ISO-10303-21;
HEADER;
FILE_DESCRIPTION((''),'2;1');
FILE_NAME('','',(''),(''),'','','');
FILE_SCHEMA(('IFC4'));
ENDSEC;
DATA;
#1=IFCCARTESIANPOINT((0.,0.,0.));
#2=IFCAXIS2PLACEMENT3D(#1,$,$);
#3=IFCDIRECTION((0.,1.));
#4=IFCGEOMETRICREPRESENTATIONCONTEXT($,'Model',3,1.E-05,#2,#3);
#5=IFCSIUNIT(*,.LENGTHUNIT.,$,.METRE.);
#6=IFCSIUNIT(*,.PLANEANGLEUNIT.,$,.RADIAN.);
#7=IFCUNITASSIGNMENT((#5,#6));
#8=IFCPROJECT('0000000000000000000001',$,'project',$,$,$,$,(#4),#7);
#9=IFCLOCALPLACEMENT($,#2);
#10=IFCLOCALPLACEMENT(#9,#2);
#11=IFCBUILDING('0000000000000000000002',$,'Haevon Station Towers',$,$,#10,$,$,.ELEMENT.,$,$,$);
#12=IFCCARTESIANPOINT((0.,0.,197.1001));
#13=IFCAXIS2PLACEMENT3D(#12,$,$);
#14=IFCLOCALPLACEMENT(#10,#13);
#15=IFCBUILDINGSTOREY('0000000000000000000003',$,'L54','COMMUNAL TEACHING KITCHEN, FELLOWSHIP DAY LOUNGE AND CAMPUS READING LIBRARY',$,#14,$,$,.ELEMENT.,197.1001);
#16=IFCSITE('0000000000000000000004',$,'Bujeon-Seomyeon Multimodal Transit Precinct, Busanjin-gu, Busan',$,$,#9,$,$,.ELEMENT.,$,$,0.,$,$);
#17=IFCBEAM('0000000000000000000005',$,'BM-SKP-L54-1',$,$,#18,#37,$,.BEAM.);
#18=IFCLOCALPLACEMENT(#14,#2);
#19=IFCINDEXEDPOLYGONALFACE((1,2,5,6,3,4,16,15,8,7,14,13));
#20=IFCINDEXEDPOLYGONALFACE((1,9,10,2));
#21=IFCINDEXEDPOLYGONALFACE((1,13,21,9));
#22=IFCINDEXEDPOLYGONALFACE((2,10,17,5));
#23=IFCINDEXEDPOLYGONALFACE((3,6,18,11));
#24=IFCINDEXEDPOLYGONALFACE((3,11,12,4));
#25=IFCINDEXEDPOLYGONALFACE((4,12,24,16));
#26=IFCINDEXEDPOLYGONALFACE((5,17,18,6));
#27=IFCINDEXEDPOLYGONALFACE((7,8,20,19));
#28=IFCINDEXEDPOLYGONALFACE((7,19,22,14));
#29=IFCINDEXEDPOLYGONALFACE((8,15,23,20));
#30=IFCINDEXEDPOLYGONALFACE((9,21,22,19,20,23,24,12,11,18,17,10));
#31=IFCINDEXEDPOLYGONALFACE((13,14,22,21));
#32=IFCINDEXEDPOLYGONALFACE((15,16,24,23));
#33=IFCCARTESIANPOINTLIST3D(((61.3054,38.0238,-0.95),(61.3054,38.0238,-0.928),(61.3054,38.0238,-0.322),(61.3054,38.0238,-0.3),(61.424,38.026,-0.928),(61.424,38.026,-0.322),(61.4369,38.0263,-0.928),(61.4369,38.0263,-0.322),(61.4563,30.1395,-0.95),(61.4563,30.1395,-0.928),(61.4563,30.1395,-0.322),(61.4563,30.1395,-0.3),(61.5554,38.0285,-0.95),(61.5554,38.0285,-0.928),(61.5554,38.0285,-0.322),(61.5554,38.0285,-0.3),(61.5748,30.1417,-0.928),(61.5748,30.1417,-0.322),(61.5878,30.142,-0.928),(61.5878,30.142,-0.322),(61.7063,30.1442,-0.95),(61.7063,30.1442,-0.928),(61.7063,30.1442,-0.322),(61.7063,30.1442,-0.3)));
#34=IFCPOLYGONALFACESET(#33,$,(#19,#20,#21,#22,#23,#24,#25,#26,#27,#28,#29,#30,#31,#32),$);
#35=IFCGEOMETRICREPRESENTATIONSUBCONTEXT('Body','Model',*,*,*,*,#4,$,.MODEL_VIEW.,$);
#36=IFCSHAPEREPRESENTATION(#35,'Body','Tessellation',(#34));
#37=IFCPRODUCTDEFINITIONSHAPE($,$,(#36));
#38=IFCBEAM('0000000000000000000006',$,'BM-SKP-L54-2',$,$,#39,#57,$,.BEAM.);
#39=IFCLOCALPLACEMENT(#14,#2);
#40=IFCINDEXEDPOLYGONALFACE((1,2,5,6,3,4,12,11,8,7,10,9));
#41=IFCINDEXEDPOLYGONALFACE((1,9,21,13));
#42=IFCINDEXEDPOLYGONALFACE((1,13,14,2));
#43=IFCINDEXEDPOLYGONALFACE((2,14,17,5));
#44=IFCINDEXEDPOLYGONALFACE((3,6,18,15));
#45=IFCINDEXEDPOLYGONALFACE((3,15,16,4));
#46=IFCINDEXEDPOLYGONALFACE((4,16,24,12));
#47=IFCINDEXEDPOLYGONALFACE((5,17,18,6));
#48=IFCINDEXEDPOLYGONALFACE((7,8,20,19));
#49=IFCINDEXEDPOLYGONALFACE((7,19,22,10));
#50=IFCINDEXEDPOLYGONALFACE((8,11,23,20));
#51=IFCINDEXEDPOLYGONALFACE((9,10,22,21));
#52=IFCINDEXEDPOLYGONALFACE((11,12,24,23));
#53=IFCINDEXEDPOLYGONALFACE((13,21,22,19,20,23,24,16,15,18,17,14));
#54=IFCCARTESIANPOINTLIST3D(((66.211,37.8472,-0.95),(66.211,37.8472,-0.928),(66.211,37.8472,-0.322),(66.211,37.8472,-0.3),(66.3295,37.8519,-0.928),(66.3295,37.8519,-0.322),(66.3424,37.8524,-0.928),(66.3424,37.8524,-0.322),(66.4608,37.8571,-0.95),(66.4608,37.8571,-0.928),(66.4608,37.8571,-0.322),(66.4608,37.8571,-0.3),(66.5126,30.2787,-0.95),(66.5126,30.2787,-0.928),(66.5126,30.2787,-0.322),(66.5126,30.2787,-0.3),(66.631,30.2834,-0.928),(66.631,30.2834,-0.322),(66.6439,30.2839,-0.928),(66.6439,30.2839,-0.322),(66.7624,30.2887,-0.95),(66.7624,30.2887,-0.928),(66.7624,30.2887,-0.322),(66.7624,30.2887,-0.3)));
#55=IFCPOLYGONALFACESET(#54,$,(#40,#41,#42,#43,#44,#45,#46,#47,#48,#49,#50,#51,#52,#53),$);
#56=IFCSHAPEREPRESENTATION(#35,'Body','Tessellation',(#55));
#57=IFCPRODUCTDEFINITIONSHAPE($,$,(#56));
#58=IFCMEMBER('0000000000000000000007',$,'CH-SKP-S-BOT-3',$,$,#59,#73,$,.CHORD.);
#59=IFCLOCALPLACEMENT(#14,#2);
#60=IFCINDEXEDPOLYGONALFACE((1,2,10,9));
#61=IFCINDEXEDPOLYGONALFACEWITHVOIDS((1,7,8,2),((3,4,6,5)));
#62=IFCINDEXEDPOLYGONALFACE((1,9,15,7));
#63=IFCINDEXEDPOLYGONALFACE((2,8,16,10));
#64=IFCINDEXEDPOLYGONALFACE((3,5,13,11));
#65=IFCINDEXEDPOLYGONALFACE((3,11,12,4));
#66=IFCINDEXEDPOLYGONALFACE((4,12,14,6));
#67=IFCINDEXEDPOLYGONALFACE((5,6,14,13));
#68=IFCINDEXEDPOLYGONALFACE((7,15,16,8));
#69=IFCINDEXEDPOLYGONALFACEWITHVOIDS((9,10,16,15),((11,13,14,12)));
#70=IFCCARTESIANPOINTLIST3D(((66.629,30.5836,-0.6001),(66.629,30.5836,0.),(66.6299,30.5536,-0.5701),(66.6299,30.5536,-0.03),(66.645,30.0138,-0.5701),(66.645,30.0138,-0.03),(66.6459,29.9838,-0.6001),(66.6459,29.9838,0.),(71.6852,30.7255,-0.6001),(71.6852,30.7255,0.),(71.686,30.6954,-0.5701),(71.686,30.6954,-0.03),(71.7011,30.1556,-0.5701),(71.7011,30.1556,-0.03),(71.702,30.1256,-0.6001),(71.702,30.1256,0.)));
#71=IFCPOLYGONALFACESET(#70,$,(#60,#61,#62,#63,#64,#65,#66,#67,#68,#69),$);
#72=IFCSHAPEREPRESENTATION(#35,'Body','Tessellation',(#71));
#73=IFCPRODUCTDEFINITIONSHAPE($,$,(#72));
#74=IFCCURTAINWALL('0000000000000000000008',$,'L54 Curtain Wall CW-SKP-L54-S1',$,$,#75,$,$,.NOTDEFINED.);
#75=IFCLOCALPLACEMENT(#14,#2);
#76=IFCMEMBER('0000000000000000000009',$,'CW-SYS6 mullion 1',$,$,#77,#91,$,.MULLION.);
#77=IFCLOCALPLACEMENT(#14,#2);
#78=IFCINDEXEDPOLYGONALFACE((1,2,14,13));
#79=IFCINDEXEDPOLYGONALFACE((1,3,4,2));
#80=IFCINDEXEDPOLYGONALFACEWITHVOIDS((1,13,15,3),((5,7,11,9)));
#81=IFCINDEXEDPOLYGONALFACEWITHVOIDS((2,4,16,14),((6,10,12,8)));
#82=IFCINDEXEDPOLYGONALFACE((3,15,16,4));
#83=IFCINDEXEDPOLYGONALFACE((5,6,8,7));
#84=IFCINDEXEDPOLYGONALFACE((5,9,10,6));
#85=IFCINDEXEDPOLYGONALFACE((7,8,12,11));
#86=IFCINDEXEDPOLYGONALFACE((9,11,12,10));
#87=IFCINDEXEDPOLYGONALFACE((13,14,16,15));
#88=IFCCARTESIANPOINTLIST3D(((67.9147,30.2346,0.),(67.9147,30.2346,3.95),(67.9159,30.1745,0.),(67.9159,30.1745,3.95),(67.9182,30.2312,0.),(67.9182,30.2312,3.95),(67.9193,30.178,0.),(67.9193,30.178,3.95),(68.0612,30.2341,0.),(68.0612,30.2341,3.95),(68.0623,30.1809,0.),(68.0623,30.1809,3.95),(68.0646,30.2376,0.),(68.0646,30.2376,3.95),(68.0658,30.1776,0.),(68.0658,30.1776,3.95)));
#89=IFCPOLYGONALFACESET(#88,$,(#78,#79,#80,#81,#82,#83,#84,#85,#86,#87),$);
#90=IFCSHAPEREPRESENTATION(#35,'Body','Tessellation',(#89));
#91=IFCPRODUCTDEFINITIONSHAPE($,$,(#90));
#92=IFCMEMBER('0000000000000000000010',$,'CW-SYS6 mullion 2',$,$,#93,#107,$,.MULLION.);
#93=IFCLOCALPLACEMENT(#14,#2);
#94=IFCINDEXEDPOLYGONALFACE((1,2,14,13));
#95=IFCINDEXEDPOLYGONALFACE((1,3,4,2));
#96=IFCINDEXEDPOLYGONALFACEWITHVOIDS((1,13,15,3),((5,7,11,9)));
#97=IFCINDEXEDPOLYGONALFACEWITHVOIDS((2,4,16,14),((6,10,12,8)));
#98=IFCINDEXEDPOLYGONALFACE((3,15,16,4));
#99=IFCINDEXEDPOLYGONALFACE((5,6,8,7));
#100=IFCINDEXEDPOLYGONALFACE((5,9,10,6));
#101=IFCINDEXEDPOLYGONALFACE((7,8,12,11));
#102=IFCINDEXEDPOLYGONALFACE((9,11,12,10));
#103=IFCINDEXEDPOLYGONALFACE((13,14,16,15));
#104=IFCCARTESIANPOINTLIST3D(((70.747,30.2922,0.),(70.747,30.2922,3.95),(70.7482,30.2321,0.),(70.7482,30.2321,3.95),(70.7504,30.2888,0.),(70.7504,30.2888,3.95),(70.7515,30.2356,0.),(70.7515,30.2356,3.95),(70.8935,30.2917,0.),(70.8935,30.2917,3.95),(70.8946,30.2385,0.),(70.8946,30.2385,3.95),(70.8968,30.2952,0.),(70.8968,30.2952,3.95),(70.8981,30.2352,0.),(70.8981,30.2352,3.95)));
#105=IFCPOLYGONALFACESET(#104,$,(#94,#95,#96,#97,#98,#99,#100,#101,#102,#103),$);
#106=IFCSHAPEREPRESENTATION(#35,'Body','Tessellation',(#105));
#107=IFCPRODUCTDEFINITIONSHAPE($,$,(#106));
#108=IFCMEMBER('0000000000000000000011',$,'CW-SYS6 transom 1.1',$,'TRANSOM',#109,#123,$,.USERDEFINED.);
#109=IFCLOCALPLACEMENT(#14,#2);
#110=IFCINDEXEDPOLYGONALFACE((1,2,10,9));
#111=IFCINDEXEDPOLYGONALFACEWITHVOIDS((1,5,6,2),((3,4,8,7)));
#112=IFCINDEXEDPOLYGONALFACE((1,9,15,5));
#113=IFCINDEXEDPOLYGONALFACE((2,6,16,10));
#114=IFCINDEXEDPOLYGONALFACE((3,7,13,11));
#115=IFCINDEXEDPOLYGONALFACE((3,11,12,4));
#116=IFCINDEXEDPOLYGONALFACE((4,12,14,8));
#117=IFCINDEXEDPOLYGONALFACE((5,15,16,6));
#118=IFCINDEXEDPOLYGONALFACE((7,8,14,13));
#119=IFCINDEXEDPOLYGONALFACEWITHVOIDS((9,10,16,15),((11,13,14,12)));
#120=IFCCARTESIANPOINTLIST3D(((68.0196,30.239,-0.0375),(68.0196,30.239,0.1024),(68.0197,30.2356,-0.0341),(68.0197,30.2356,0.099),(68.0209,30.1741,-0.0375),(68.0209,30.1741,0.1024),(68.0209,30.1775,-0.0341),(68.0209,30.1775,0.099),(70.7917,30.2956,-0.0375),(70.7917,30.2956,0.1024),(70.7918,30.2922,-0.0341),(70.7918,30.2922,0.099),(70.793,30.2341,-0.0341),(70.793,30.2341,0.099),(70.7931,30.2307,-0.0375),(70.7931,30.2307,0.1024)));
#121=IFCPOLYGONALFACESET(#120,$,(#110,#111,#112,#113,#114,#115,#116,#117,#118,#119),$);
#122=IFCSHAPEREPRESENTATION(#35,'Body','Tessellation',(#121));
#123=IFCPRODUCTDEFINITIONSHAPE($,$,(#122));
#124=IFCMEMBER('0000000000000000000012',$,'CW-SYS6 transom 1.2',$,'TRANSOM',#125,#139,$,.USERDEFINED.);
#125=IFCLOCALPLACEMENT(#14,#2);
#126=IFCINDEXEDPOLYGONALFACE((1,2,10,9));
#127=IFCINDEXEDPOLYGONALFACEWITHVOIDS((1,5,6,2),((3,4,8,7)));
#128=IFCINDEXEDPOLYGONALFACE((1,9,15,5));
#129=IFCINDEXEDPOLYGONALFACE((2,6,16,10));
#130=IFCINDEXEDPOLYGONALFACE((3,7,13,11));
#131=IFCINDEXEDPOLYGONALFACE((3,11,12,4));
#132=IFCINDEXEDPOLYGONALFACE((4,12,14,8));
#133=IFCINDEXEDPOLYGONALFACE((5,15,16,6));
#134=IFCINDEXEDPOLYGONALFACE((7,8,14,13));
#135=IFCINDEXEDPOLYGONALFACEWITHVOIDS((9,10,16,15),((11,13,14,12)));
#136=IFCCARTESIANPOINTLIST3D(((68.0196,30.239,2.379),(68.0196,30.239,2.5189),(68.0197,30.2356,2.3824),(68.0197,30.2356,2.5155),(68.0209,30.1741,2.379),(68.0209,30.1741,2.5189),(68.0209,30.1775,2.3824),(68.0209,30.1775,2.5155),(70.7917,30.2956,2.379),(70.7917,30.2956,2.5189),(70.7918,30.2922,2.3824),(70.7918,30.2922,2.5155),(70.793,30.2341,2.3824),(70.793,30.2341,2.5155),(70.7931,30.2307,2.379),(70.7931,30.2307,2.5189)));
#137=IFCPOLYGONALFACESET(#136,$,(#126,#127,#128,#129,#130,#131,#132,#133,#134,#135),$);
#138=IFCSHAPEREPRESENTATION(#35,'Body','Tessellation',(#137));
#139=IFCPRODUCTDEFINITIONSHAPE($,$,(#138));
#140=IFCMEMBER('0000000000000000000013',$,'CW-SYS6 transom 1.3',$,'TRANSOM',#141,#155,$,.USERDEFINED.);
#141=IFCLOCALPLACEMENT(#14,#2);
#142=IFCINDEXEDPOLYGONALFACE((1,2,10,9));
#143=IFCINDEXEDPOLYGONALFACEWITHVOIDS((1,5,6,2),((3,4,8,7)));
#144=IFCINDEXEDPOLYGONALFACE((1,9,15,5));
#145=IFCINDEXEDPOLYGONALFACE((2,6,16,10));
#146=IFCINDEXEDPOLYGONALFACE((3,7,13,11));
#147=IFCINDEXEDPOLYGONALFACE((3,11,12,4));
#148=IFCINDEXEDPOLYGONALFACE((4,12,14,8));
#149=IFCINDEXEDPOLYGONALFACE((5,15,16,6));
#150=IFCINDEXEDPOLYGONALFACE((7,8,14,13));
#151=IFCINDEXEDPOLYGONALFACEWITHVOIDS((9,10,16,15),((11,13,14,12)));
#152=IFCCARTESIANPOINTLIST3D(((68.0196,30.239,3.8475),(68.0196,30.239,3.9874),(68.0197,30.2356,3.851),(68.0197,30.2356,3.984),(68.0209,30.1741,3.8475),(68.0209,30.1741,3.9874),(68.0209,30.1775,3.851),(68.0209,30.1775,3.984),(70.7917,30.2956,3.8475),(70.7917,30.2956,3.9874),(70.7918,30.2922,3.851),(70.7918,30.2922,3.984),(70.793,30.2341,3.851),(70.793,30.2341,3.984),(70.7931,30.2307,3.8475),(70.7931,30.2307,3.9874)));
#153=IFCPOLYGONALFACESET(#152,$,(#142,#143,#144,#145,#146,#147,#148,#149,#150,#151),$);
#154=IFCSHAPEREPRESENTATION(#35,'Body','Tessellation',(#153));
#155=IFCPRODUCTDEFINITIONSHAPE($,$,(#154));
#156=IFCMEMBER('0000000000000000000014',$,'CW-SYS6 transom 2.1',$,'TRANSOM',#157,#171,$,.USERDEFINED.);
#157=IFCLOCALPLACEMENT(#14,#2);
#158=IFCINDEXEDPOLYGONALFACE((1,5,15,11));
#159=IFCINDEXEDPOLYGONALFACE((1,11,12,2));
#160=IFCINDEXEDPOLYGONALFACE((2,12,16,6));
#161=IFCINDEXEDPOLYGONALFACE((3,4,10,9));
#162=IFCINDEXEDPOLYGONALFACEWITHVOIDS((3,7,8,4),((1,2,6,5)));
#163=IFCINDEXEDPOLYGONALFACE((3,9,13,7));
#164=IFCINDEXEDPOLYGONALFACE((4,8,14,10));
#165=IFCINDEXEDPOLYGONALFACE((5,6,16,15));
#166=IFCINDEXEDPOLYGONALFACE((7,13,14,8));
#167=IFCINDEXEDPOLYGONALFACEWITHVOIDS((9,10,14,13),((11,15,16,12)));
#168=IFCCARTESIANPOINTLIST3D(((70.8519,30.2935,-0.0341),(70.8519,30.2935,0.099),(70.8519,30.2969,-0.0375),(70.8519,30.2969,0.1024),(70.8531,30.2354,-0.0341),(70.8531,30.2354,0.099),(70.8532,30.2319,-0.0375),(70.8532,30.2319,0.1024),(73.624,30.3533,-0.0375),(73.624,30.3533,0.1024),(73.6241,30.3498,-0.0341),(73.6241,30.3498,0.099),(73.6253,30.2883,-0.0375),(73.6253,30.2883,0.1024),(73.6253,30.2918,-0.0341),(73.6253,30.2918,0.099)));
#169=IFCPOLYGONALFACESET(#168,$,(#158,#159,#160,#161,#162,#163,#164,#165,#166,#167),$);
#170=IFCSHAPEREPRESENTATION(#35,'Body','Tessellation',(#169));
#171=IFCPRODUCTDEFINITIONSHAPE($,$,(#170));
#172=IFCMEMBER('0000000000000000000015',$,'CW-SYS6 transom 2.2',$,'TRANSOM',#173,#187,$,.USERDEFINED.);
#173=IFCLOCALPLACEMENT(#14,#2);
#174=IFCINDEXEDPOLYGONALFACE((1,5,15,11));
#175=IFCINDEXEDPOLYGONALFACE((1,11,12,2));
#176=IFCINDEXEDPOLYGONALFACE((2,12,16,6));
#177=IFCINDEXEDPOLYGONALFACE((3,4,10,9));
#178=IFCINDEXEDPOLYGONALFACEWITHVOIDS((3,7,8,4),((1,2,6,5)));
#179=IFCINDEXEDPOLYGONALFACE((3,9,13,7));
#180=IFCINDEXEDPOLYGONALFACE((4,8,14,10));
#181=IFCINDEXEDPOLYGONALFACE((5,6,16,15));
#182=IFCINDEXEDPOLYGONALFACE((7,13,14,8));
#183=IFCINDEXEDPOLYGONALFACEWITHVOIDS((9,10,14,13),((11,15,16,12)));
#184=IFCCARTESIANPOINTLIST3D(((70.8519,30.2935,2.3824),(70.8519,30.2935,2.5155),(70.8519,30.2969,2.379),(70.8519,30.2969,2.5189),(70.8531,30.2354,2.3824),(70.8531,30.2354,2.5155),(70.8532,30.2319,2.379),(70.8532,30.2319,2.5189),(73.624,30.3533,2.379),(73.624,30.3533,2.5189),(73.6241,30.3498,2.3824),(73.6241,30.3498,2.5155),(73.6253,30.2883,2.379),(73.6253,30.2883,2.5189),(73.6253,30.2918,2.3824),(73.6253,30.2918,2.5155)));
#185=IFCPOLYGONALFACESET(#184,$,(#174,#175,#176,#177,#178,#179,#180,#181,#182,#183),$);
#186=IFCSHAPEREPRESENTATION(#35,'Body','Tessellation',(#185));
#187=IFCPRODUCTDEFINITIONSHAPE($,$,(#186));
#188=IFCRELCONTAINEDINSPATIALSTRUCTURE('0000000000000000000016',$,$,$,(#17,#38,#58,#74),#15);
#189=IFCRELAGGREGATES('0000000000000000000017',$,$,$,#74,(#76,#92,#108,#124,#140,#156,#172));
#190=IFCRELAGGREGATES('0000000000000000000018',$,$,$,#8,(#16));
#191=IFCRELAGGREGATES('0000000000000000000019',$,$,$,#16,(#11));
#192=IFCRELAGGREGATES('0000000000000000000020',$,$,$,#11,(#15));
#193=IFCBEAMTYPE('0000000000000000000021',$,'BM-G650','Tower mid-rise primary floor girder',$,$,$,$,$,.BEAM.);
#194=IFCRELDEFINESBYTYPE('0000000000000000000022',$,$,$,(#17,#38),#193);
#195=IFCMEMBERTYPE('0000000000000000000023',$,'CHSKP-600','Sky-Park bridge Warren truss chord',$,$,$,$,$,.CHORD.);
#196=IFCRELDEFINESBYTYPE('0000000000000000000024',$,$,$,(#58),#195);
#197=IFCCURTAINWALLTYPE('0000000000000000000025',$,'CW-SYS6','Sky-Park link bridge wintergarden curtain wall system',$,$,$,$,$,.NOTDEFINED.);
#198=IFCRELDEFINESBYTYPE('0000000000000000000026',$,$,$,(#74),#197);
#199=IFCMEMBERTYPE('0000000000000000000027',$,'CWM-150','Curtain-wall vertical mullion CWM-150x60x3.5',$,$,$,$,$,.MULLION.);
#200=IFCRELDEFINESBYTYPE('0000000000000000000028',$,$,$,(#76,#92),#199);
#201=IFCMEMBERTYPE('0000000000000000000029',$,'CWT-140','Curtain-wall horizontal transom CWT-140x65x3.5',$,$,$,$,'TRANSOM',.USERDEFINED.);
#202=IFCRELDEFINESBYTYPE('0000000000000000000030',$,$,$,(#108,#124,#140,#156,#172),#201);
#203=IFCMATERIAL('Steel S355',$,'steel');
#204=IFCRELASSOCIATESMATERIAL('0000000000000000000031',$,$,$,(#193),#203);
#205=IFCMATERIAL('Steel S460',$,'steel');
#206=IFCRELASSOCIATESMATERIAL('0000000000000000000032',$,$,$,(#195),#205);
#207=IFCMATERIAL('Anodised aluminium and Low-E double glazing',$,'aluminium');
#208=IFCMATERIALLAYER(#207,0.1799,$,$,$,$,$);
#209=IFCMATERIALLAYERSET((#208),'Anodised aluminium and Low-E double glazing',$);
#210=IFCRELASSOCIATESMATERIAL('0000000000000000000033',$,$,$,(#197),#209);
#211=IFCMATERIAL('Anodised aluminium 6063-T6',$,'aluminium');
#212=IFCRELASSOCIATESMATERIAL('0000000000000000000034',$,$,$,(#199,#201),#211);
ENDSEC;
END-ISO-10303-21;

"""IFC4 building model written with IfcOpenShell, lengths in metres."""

from ifc_helpers import new_model, si_unit, direction, frame, origin, origin_2d, place, context, subcontext, project, spatial, hollow_rectangle, i_section, extrude, material, layer, layer_set, material_profile, profile_set, type_object, element, aggregate, save


model = new_model("IFC4")

# Units and contexts
model_context = context("Model", 3, precision=1e-05, world=origin(), true_north=direction((0.0, 1.0)))
body_context = subcontext(model_context, "Body", "Model", "MODEL_VIEW")
ifc_project = project(units=[si_unit("LENGTHUNIT", "METRE"), si_unit("PLANEANGLEUNIT", "RADIAN")], contexts=[model_context])

# Site, building, storey
site_placement = place(None, origin())
site = spatial("IfcSite", under=ifc_project, at=site_placement, Name="Bujeon-Seomyeon Multimodal Transit Precinct, Busanjin-gu, Busan", CompositionType="ELEMENT", RefElevation=0.0)
building_placement = place(site_placement, origin())
building = spatial("IfcBuilding", under=site, at=building_placement, Name="Haevon Station Towers", CompositionType="ELEMENT")
storey_placement = place(building_placement, frame((0.0, 0.0, 197.1001)))
storey = spatial("IfcBuildingStorey", under=building, at=storey_placement, Name="L54", Description="COMMUNAL TEACHING KITCHEN, FELLOWSHIP DAY LOUNGE AND CAMPUS READING LIBRARY", CompositionType="ELEMENT", Elevation=197.1001)

# Beams
ifc_material_1 = material(Name="Steel S355", Category="steel")
ifc_material_profile_1 = material_profile(ifc_material_1, i_section(OverallWidth=0.25, OverallDepth=0.6499, WebThickness=0.0129, FlangeThickness=0.022, at=origin_2d()), Name="H-650x250x13x22")
ifc_profile_set_1 = profile_set([ifc_material_profile_1], Name="Steel S355")
beam_type = type_object("IfcBeamType", Name="BM-G650", Description="Tower mid-rise primary floor girder", PredefinedType="BEAM", material=ifc_profile_set_1)
beam_1_placement = place(storey_placement, frame((61.5813, 30.1418, -0.625), z_axis=(-0.019133, 0.999817, 0.0), x_axis=(-0.999817, -0.019133, 0.0)))
element("IfcBeam", 1, at=beam_1_placement, inside=storey, type_object=beam_type, Name="BM-SKP-L54-1", PredefinedType="BEAM", context=body_context, shape_type="SweptSolid", body=[
    extrude(i_section(OverallWidth=0.25, OverallDepth=0.6499, WebThickness=0.0129, FlangeThickness=0.022, at=origin_2d()), origin(), (0.0, 0.0, 1.0), 7.8857),
])
beam_2_placement = place(storey_placement, frame((66.6375, 30.2837, -0.625), z_axis=(-0.039807, 0.999207, 0.0), x_axis=(-0.999207, -0.039807, 0.0)))
element("IfcBeam", 2, at=beam_2_placement, inside=storey, type_object=beam_type, Name="BM-SKP-L54-2", PredefinedType="BEAM", context=body_context, shape_type="SweptSolid", body=[
    extrude(i_section(OverallWidth=0.25, OverallDepth=0.6499, WebThickness=0.0129, FlangeThickness=0.022, at=origin_2d()), origin(), (0.0, 0.0, 1.0), 7.5745),
])

# Member
ifc_material_2 = material(Name="Steel S460", Category="steel")
ifc_material_profile_2 = material_profile(ifc_material_2, hollow_rectangle(XDim=0.6001, YDim=0.6001, WallThickness=0.03, at=origin_2d()), Name="RHS-600x600x30")
ifc_profile_set_2 = profile_set([ifc_material_profile_2], Name="Steel S460")
member_type_1 = type_object("IfcMemberType", Name="CHSKP-600", Description="Sky-Park bridge Warren truss chord", PredefinedType="CHORD", material=ifc_profile_set_2)
member_1_placement = place(storey_placement, frame((66.6375, 30.2837, -0.3), z_axis=(0.999607, 0.028043, 0.0), x_axis=(-0.028043, 0.999607, 0.0)))
element("IfcMember", 3, at=member_1_placement, inside=storey, type_object=member_type_1, Name="CH-SKP-S-BOT-3", PredefinedType="CHORD", context=body_context, shape_type="SweptSolid", body=[
    extrude(hollow_rectangle(XDim=0.6001, YDim=0.6001, WallThickness=0.03, at=origin_2d()), origin(), (0.0, 0.0, 1.0), 5.0581),
])

# Curtain wall, members
ifc_material_3 = material(Name="Anodised aluminium and Low-E double glazing", Category="aluminium")
ifc_layer_1 = layer(ifc_material_3, 0.1799)
ifc_layer_set_1 = layer_set([ifc_layer_1], Name="Anodised aluminium and Low-E double glazing")
curtain_wall_type = type_object("IfcCurtainWallType", Name="CW-SYS6", Description="Sky-Park link bridge wintergarden curtain wall system", PredefinedType="NOTDEFINED", material=ifc_layer_set_1)
curtain_wall_placement = place(storey_placement, origin())
curtain_wall = element("IfcCurtainWall", 4, at=curtain_wall_placement, inside=storey, type_object=curtain_wall_type, Name="L54 Curtain Wall CW-SKP-L54-S1", PredefinedType="NOTDEFINED")
ifc_material_4 = material(Name="Anodised aluminium 6063-T6", Category="aluminium")
ifc_material_profile_3 = material_profile(ifc_material_4, hollow_rectangle(XDim=0.0601, YDim=0.1499, WallThickness=0.0034, at=origin_2d()), Name="CWM-150x60x3.5")
ifc_profile_set_3 = profile_set([ifc_material_profile_3], Name="Anodised aluminium 6063-T6")
member_type_2 = type_object("IfcMemberType", Name="CWM-150", Description="Curtain-wall vertical mullion CWM-150x60x3.5", PredefinedType="MULLION", material=ifc_profile_set_3)
member_2_placement = place(storey_placement, frame((67.9902, 30.2061, 0.0), z_axis=(0.0, 0.0, 1.0), x_axis=(-0.020374, 0.999792, 0.0)))
member_2 = element("IfcMember", 5, at=member_2_placement, type_object=member_type_2, Name="CW-SYS6 mullion 1", PredefinedType="MULLION", context=body_context, shape_type="SweptSolid", body=[
    extrude(hollow_rectangle(XDim=0.0601, YDim=0.1499, WallThickness=0.0034, at=origin_2d()), origin(), (0.0, 0.0, 1.0), 3.95),
])
member_3_placement = place(storey_placement, frame((70.8225, 30.2637, 0.0), z_axis=(0.0, 0.0, 1.0), x_axis=(-0.020374, 0.999792, 0.0)))
member_3 = element("IfcMember", 6, at=member_3_placement, type_object=member_type_2, Name="CW-SYS6 mullion 2", PredefinedType="MULLION", context=body_context, shape_type="SweptSolid", body=[
    extrude(hollow_rectangle(XDim=0.0601, YDim=0.1499, WallThickness=0.0034, at=origin_2d()), origin(), (0.0, 0.0, 1.0), 3.95),
])
ifc_material_profile_4 = material_profile(ifc_material_4, hollow_rectangle(XDim=0.0649, YDim=0.1399, WallThickness=0.0034, at=origin_2d()), Name="CWT-140x65x3.5")
ifc_profile_set_4 = profile_set([ifc_material_profile_4], Name="Anodised aluminium 6063-T6")
member_type_3 = type_object("IfcMemberType", Name="CWT-140", Description="Curtain-wall horizontal transom CWT-140x65x3.5", ElementType="TRANSOM", PredefinedType="USERDEFINED", material=ifc_profile_set_4)
member_4_placement = place(storey_placement, frame((68.0203, 30.2065, 0.0325), z_axis=(0.999791, 0.020427, 0.0), x_axis=(-0.020427, 0.999791, 0.0)))
member_4 = element("IfcMember", 7, at=member_4_placement, type_object=member_type_3, Name="CW-SYS6 transom 1.1", ObjectType="TRANSOM", PredefinedType="USERDEFINED", context=body_context, shape_type="SweptSolid", body=[
    extrude(hollow_rectangle(XDim=0.0649, YDim=0.1399, WallThickness=0.0034, at=origin_2d()), origin(), (0.0, 0.0, 1.0), 2.7727),
])
member_5_placement = place(storey_placement, frame((68.0203, 30.2065, 2.449), z_axis=(0.999791, 0.020427, 0.0), x_axis=(-0.020427, 0.999791, 0.0)))
member_5 = element("IfcMember", 8, at=member_5_placement, type_object=member_type_3, Name="CW-SYS6 transom 1.2", ObjectType="TRANSOM", PredefinedType="USERDEFINED", context=body_context, shape_type="SweptSolid", body=[
    extrude(hollow_rectangle(XDim=0.0649, YDim=0.1399, WallThickness=0.0034, at=origin_2d()), origin(), (0.0, 0.0, 1.0), 2.7727),
])
member_6_placement = place(storey_placement, frame((68.0203, 30.2065, 3.9175), z_axis=(0.999791, 0.020427, 0.0), x_axis=(-0.020427, 0.999791, 0.0)))
member_6 = element("IfcMember", 9, at=member_6_placement, type_object=member_type_3, Name="CW-SYS6 transom 1.3", ObjectType="TRANSOM", PredefinedType="USERDEFINED", context=body_context, shape_type="SweptSolid", body=[
    extrude(hollow_rectangle(XDim=0.0649, YDim=0.1399, WallThickness=0.0034, at=origin_2d()), origin(), (0.0, 0.0, 1.0), 2.7727),
])
member_7_placement = place(storey_placement, frame((70.8525, 30.2644, 0.0325), z_axis=(0.999793, 0.020339, 0.0), x_axis=(-0.020339, 0.999793, 0.0)))
member_7 = element("IfcMember", 10, at=member_7_placement, type_object=member_type_3, Name="CW-SYS6 transom 2.1", ObjectType="TRANSOM", PredefinedType="USERDEFINED", context=body_context, shape_type="SweptSolid", body=[
    extrude(hollow_rectangle(XDim=0.0649, YDim=0.1399, WallThickness=0.0034, at=origin_2d()), origin(), (0.0, 0.0, 1.0), 2.7727),
])
member_8_placement = place(storey_placement, frame((70.8525, 30.2644, 2.449), z_axis=(0.999793, 0.020339, 0.0), x_axis=(-0.020339, 0.999793, 0.0)))
member_8 = element("IfcMember", 11, at=member_8_placement, type_object=member_type_3, Name="CW-SYS6 transom 2.2", ObjectType="TRANSOM", PredefinedType="USERDEFINED", context=body_context, shape_type="SweptSolid", body=[
    extrude(hollow_rectangle(XDim=0.0649, YDim=0.1399, WallThickness=0.0034, at=origin_2d()), origin(), (0.0, 0.0, 1.0), 2.7727),
])

aggregate(curtain_wall, [member_2, member_3, member_4, member_5, member_6, member_7, member_8])

save(model, "model.ifc")
